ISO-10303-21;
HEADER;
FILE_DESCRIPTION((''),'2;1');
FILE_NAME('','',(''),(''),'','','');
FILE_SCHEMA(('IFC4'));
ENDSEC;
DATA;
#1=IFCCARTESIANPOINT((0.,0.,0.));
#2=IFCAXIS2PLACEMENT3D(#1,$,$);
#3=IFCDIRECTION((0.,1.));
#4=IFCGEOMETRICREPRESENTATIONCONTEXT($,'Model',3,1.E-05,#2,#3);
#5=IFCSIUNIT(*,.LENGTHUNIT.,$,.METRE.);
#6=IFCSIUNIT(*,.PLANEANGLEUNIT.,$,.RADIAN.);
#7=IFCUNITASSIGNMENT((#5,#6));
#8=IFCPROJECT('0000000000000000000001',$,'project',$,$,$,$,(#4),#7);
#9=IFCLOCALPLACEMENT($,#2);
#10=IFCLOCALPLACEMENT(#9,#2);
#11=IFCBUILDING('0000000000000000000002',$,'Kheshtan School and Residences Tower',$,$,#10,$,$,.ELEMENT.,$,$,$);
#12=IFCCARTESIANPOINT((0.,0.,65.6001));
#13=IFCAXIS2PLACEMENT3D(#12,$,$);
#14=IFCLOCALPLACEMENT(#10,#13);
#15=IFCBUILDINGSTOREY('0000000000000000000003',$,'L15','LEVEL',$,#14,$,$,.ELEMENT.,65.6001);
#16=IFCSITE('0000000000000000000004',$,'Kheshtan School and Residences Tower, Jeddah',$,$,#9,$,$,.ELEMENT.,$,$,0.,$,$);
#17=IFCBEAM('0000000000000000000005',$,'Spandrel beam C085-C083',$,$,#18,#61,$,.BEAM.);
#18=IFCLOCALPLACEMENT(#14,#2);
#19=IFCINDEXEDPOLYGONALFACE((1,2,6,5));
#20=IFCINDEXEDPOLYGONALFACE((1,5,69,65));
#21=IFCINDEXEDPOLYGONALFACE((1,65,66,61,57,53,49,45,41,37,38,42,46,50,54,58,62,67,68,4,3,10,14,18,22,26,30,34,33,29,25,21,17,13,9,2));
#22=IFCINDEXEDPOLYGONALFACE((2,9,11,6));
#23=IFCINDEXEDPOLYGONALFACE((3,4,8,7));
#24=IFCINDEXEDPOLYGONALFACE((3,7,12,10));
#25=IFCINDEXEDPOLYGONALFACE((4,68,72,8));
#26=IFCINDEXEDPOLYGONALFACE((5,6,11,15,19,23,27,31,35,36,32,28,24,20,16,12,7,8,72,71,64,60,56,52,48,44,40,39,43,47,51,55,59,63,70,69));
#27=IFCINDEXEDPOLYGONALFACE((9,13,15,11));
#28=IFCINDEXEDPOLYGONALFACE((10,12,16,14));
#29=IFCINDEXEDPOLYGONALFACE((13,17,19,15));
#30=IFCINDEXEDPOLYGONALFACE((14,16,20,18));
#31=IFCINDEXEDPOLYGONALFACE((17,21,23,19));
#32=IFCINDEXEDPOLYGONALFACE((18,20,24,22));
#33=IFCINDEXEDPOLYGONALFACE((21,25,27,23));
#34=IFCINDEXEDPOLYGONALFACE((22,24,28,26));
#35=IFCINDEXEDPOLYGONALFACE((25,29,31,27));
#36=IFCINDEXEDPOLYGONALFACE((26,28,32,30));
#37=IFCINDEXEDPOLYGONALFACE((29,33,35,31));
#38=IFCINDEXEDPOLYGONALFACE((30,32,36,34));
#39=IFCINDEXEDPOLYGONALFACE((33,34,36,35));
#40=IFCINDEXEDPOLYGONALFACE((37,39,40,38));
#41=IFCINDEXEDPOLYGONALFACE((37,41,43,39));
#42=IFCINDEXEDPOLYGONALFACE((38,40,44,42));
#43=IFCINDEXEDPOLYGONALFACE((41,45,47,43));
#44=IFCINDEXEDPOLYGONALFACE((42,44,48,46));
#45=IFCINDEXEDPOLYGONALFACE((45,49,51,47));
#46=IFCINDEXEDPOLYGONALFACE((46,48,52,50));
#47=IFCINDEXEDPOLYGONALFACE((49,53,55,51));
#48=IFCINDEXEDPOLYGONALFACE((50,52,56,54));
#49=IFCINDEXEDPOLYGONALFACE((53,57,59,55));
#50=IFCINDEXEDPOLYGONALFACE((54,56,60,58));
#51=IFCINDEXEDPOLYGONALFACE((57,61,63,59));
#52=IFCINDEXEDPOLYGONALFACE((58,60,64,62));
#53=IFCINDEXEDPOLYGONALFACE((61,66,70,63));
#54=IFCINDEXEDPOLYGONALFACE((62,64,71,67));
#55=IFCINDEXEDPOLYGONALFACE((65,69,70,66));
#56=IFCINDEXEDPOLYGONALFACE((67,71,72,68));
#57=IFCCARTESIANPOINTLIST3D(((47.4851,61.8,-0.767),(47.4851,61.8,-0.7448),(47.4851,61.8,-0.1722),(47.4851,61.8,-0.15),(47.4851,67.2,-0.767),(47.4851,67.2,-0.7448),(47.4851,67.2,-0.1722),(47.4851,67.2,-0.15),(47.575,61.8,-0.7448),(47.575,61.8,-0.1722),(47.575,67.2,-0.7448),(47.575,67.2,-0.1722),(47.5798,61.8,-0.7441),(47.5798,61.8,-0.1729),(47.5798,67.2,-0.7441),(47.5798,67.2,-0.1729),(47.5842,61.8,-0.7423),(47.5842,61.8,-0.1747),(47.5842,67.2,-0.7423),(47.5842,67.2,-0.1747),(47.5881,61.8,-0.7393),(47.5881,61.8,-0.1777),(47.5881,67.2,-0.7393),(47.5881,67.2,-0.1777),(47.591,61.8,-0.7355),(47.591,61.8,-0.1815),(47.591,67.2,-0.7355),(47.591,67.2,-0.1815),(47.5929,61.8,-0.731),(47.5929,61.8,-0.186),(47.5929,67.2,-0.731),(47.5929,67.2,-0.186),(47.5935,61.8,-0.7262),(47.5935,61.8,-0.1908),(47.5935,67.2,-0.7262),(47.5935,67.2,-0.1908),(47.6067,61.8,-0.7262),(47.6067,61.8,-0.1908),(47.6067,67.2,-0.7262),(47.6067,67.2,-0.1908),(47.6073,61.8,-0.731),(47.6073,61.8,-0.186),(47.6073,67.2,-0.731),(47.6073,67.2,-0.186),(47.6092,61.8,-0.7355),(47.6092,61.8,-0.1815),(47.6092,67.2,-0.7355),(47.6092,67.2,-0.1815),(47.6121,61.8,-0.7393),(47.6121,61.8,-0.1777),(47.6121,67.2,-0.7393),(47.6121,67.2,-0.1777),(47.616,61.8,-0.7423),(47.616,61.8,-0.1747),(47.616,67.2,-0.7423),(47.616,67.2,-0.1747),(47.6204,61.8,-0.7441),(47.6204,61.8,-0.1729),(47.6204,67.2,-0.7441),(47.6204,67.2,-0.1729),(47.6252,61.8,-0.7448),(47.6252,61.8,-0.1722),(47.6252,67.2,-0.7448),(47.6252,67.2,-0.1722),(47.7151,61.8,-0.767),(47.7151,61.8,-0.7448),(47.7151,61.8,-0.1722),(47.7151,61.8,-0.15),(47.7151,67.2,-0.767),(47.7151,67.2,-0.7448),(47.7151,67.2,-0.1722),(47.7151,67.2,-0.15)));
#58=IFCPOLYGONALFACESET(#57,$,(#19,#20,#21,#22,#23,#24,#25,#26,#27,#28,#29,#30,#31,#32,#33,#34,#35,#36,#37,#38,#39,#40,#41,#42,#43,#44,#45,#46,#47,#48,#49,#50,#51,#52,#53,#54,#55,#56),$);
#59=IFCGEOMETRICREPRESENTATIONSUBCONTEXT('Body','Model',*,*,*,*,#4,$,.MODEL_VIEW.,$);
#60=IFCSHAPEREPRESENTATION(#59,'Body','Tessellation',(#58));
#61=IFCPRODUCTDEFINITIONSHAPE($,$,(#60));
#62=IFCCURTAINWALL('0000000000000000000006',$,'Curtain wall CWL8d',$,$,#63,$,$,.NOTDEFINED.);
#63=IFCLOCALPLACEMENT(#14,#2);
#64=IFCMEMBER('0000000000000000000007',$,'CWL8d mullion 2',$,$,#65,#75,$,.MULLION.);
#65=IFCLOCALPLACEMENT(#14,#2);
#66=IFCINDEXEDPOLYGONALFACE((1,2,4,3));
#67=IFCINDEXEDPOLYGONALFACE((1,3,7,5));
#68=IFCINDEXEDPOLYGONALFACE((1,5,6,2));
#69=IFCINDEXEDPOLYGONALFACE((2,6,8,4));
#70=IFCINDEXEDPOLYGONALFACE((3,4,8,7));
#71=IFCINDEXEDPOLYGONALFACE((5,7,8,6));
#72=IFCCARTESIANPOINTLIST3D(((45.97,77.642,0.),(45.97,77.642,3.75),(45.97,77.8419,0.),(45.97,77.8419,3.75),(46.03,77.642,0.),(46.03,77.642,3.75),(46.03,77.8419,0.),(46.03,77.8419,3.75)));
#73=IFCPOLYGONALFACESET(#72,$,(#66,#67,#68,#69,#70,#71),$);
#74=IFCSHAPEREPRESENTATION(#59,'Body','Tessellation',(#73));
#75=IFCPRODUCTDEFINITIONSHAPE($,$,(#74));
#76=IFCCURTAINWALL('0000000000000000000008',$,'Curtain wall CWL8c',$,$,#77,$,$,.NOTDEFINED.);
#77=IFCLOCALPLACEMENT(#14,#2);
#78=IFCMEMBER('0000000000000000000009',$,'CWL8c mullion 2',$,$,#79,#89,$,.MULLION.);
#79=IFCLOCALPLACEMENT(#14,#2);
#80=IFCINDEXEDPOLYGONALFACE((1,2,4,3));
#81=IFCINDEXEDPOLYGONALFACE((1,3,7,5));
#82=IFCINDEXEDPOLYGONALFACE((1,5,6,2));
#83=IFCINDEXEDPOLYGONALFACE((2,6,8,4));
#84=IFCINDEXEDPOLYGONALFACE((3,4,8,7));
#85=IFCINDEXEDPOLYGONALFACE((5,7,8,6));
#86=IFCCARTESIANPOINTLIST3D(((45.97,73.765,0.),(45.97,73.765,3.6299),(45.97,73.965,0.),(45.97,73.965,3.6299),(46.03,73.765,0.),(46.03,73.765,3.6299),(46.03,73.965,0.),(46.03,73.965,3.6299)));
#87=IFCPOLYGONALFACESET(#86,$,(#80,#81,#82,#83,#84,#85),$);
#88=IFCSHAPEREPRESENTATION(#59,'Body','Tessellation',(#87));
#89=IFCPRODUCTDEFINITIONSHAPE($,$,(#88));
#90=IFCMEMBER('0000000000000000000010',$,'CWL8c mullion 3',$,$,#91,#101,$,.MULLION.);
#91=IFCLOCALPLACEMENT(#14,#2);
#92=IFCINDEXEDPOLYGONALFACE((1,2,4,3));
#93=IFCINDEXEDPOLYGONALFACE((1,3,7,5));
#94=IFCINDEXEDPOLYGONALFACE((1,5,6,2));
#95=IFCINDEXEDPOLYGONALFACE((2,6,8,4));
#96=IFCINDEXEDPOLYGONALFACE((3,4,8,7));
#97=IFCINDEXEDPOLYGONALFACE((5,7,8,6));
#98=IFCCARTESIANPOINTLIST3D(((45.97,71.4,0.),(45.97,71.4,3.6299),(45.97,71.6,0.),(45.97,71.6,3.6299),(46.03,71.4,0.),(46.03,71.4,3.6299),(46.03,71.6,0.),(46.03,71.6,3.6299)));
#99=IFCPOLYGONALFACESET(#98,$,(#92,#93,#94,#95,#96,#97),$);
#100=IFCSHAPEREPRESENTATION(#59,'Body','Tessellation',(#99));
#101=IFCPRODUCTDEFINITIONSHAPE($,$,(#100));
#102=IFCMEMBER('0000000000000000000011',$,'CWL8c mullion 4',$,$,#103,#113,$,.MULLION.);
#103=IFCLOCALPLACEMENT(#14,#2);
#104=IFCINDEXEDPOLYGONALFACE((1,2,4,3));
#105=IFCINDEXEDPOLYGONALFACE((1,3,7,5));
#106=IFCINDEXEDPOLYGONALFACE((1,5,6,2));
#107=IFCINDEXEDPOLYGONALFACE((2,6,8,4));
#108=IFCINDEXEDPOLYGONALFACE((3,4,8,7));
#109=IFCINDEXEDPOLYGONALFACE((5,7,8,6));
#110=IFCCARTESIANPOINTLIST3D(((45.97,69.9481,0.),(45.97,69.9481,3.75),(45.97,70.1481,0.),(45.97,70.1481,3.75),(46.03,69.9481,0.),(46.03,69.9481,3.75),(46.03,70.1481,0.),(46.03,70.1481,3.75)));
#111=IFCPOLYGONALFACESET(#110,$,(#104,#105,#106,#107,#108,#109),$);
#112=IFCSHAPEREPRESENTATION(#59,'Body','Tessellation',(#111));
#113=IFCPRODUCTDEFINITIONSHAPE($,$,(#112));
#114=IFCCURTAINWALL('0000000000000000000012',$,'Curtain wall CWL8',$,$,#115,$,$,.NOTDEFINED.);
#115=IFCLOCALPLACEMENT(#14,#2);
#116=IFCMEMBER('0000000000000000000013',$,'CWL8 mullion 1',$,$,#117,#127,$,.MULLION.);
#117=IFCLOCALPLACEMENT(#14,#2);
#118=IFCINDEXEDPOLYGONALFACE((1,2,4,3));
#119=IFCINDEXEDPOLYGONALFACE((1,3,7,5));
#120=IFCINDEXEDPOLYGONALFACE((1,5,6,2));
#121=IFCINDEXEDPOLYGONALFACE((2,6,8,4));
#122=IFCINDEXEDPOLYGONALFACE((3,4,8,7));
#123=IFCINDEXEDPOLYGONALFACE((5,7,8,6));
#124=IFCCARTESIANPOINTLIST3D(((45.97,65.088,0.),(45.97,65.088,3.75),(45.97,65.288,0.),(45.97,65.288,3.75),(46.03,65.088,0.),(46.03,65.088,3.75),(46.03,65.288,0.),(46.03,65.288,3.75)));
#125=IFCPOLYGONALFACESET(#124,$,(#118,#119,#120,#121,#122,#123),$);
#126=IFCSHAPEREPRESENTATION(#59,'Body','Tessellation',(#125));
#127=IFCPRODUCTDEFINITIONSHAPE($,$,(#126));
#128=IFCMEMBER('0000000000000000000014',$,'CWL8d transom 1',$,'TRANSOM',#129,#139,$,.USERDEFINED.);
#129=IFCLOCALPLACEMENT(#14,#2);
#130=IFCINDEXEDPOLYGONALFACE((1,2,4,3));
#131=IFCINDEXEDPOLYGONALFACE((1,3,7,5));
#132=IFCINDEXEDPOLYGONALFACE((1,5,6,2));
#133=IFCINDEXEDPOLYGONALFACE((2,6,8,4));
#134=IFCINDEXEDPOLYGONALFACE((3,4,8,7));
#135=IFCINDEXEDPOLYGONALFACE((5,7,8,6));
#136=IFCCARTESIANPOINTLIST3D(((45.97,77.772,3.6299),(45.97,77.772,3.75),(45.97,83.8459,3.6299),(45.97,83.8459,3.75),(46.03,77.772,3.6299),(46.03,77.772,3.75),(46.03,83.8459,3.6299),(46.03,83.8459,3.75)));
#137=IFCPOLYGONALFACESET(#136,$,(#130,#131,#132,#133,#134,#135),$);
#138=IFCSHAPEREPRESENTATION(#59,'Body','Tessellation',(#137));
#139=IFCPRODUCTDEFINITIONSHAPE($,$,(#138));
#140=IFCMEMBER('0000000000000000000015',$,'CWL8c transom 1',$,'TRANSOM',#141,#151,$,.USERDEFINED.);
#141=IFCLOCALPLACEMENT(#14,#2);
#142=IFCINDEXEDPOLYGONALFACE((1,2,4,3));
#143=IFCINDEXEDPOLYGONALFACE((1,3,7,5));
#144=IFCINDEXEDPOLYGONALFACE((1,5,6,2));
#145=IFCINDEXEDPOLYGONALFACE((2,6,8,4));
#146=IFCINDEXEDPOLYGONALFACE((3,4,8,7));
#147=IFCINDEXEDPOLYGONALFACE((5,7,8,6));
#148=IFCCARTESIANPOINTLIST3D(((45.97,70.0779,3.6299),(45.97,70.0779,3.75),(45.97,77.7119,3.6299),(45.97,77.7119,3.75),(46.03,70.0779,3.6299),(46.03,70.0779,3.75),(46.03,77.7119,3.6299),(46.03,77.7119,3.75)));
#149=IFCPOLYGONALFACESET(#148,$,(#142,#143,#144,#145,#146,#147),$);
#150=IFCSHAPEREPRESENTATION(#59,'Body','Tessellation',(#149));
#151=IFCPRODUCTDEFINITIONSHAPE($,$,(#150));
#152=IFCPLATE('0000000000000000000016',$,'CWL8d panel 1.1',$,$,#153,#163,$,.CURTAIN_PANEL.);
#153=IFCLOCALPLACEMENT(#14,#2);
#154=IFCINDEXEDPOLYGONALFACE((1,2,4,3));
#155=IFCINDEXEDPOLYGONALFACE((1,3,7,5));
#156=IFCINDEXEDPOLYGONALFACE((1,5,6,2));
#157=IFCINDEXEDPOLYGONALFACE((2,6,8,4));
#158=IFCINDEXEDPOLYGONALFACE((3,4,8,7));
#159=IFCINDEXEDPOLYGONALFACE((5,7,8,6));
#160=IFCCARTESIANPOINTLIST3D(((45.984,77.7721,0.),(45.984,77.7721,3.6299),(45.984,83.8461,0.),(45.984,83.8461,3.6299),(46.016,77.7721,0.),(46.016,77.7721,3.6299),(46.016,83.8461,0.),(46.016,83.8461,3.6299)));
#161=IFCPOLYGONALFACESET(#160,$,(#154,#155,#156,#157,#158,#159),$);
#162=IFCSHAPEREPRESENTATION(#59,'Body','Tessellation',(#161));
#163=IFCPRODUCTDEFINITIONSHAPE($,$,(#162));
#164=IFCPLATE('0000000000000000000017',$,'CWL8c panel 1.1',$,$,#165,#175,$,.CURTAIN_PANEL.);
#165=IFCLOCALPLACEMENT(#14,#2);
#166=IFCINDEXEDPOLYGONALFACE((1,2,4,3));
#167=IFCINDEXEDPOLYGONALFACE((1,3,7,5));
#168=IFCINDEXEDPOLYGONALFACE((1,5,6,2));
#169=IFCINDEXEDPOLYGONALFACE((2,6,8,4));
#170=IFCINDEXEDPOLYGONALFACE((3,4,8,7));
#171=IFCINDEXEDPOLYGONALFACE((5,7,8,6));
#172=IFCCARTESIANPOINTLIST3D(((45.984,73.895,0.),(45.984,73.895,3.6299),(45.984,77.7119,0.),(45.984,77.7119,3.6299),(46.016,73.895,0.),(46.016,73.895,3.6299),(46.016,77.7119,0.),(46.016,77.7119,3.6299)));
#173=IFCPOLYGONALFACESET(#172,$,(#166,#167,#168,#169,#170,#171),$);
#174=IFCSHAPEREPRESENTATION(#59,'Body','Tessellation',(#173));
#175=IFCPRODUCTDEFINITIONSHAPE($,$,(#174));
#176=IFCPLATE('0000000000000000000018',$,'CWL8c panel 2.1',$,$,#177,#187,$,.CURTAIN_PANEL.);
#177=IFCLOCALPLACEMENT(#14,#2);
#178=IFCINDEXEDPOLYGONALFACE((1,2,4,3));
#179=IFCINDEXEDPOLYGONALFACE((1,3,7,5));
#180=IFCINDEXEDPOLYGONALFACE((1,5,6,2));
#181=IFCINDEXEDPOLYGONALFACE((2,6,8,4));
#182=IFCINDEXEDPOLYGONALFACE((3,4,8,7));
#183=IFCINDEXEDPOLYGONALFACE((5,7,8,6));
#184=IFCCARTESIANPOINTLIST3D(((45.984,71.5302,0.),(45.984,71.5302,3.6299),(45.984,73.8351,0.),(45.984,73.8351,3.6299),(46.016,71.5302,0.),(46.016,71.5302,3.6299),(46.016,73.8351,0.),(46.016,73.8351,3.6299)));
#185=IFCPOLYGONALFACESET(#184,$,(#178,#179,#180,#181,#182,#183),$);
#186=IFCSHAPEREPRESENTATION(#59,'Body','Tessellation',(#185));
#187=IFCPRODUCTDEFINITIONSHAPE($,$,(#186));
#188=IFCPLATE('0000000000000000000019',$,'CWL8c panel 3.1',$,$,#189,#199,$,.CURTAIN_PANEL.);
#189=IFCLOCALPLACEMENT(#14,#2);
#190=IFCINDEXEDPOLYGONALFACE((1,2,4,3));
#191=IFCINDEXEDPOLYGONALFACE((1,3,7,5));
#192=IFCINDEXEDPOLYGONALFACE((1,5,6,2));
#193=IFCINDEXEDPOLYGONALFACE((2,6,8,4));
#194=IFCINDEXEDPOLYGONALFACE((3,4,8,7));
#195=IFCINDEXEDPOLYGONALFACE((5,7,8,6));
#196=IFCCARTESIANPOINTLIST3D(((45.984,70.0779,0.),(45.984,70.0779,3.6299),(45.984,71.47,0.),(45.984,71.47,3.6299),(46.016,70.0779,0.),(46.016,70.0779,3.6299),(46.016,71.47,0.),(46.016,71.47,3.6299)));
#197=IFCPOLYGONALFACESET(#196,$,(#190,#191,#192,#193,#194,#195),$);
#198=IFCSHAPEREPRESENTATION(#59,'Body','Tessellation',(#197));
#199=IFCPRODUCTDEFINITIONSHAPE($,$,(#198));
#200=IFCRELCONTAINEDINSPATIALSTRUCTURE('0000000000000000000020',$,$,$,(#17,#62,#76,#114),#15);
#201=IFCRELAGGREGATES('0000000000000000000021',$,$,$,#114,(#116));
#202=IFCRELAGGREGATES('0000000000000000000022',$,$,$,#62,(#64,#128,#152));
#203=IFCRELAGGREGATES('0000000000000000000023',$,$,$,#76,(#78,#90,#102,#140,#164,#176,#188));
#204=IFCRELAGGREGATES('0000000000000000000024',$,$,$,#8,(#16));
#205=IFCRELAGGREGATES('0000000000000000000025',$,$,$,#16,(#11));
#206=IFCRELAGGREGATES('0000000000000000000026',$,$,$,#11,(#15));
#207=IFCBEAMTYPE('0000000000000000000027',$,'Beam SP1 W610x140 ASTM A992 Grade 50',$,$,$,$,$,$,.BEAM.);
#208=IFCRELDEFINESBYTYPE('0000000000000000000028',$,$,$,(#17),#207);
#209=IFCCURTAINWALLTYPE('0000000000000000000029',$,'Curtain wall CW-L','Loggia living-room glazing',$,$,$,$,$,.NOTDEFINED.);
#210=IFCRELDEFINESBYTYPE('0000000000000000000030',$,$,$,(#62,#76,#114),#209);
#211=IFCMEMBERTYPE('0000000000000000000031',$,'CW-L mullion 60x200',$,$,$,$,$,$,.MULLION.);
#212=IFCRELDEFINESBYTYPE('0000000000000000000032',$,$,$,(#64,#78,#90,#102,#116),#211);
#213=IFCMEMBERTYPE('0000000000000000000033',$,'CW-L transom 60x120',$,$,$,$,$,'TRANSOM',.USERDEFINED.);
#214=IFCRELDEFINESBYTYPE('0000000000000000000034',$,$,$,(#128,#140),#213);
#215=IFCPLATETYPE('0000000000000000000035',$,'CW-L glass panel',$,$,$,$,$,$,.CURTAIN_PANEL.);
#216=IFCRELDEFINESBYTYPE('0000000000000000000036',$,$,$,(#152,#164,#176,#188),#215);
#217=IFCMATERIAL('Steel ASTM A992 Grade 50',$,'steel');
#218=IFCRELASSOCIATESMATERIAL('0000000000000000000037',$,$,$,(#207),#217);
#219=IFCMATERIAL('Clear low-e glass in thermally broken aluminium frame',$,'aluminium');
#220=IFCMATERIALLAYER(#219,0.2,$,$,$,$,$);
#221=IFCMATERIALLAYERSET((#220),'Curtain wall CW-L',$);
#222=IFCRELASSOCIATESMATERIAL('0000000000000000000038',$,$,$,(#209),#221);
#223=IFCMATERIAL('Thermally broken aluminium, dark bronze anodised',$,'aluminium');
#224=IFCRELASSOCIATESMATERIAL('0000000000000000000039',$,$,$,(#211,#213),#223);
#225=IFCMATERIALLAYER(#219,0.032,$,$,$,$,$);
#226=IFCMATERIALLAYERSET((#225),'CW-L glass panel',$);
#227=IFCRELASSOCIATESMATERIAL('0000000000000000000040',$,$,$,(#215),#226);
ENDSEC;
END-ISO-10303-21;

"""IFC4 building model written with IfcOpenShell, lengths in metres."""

from ifc_helpers import new_model, si_unit, direction, frame, origin, origin_2d, place, context, subcontext, project, spatial, rectangle, i_section, extrude, material, layer, layer_set, material_profile, profile_set, type_object, element, aggregate, save


model = new_model("IFC4")

# Units and contexts
model_context = context("Model", 3, precision=1e-05, world=origin(), true_north=direction((0.0, 1.0)))
body_context = subcontext(model_context, "Body", "Model", "MODEL_VIEW")
ifc_project = project(units=[si_unit("LENGTHUNIT", "METRE"), si_unit("PLANEANGLEUNIT", "RADIAN")], contexts=[model_context])

# Site, building, storey
site_placement = place(None, origin())
site = spatial("IfcSite", under=ifc_project, at=site_placement, Name="Kheshtan School and Residences Tower, Jeddah", CompositionType="ELEMENT", RefElevation=0.0)
building_placement = place(site_placement, origin())
building = spatial("IfcBuilding", under=site, at=building_placement, Name="Kheshtan School and Residences Tower", CompositionType="ELEMENT")
storey_placement = place(building_placement, frame((0.0, 0.0, 65.6001)))
storey = spatial("IfcBuildingStorey", under=building, at=storey_placement, Name="L15", Description="LEVEL", CompositionType="ELEMENT", Elevation=65.6001)

# Shared definitions
ifc_material_1 = material(Name="Steel ASTM A992 Grade 50", Category="steel")

# Beam
ifc_material_profile_1 = material_profile(ifc_material_1, i_section(OverallWidth=0.23, OverallDepth=0.6169, WebThickness=0.0132, FlangeThickness=0.0222, FilletRadius=0.0186, at=origin_2d()), Name="W610x140")
ifc_profile_set_1 = profile_set([ifc_material_profile_1], Name="Steel ASTM A992 Grade 50")
beam_type_1 = type_object("IfcBeamType", Name="Beam SP1 W610x140 ASTM A992 Grade 50", PredefinedType="BEAM", material=ifc_profile_set_1)
beam_1_placement = place(storey_placement, frame((47.6001, 67.2, -0.4585), z_axis=(0.0, -1.0, 0.0), x_axis=(1.0, 0.0, 0.0)))
element("IfcBeam", 1, at=beam_1_placement, inside=storey, type_object=beam_type_1, Name="Spandrel beam C085-C083", PredefinedType="BEAM", context=body_context, shape_type="SweptSolid", body=[
    extrude(i_section(OverallWidth=0.23, OverallDepth=0.6169, WebThickness=0.0132, FlangeThickness=0.0222, FilletRadius=0.0186, at=origin_2d()), origin(), (0.0, 0.0, 1.0), 5.3999),
])

# Curtain wall, member
ifc_material_2 = material(Name="Clear low-e glass in thermally broken aluminium frame", Category="aluminium")
ifc_layer_1 = layer(ifc_material_2, 0.2)
ifc_layer_set_1 = layer_set([ifc_layer_1], Name="Curtain wall CW-L")
curtain_wall_type = type_object("IfcCurtainWallType", Name="Curtain wall CW-L", Description="Loggia living-room glazing", PredefinedType="NOTDEFINED", material=ifc_layer_set_1)
curtain_wall_1_placement = place(storey_placement, origin())
curtain_wall_1 = element("IfcCurtainWall", 2, at=curtain_wall_1_placement, inside=storey, type_object=curtain_wall_type, Name="Curtain wall CWL8d", PredefinedType="NOTDEFINED")
ifc_material_3 = material(Name="Thermally broken aluminium, dark bronze anodised", Category="aluminium")
ifc_material_profile_2 = material_profile(ifc_material_3, rectangle(XDim=0.0601, YDim=0.2, at=origin_2d()), Name="CW-L mullion 60x200")
ifc_profile_set_2 = profile_set([ifc_material_profile_2], Name="Thermally broken aluminium, dark bronze anodised")
member_type_1 = type_object("IfcMemberType", Name="CW-L mullion 60x200", PredefinedType="MULLION", material=ifc_profile_set_2)
member_1_placement = place(storey_placement, frame((46.0, 77.7419, 0.0), z_axis=(0.0, 0.0, 1.0), x_axis=(1.0, 0.0, 0.0)))
member_1 = element("IfcMember", 3, at=member_1_placement, type_object=member_type_1, Name="CWL8d mullion 2", PredefinedType="MULLION", context=body_context, shape_type="SweptSolid", body=[
    extrude(rectangle(XDim=0.0601, YDim=0.2, at=origin_2d()), origin(), (0.0, 0.0, 1.0), 3.75),
])

# Curtain wall, members
curtain_wall_2_placement = place(storey_placement, origin())
curtain_wall_2 = element("IfcCurtainWall", 4, at=curtain_wall_2_placement, inside=storey, type_object=curtain_wall_type, Name="Curtain wall CWL8c", PredefinedType="NOTDEFINED")
member_2_placement = place(storey_placement, frame((46.0, 73.865, 0.0), z_axis=(0.0, 0.0, 1.0), x_axis=(1.0, 0.0, 0.0)))
member_2 = element("IfcMember", 5, at=member_2_placement, type_object=member_type_1, Name="CWL8c mullion 2", PredefinedType="MULLION", context=body_context, shape_type="SweptSolid", body=[
    extrude(rectangle(XDim=0.0601, YDim=0.2, at=origin_2d()), origin(), (0.0, 0.0, 1.0), 3.6299),
])
member_3_placement = place(storey_placement, frame((46.0, 71.5, 0.0), z_axis=(0.0, 0.0, 1.0), x_axis=(1.0, 0.0, 0.0)))
member_3 = element("IfcMember", 6, at=member_3_placement, type_object=member_type_1, Name="CWL8c mullion 3", PredefinedType="MULLION", context=body_context, shape_type="SweptSolid", body=[
    extrude(rectangle(XDim=0.0601, YDim=0.2, at=origin_2d()), origin(), (0.0, 0.0, 1.0), 3.6299),
])
member_4_placement = place(storey_placement, frame((46.0, 70.0481, 0.0), z_axis=(0.0, 0.0, 1.0), x_axis=(1.0, 0.0, 0.0)))
member_4 = element("IfcMember", 7, at=member_4_placement, type_object=member_type_1, Name="CWL8c mullion 4", PredefinedType="MULLION", context=body_context, shape_type="SweptSolid", body=[
    extrude(rectangle(XDim=0.0601, YDim=0.2, at=origin_2d()), origin(), (0.0, 0.0, 1.0), 3.75),
])

# Curtain wall, member
curtain_wall_3_placement = place(storey_placement, origin())
curtain_wall_3 = element("IfcCurtainWall", 8, at=curtain_wall_3_placement, inside=storey, type_object=curtain_wall_type, Name="Curtain wall CWL8", PredefinedType="NOTDEFINED")
member_5_placement = place(storey_placement, frame((46.0, 65.188, 0.0), z_axis=(0.0, 0.0, 1.0), x_axis=(1.0, 0.0, 0.0)))
member_5 = element("IfcMember", 9, at=member_5_placement, type_object=member_type_1, Name="CWL8 mullion 1", PredefinedType="MULLION", context=body_context, shape_type="SweptSolid", body=[
    extrude(rectangle(XDim=0.0601, YDim=0.2, at=origin_2d()), origin(), (0.0, 0.0, 1.0), 3.75),
])
aggregate(curtain_wall_3, [member_5])

# Members
ifc_material_profile_3 = material_profile(ifc_material_3, rectangle(XDim=0.0601, YDim=0.1201, at=origin_2d()), Name="CW-L transom 60x120")
ifc_profile_set_3 = profile_set([ifc_material_profile_3], Name="Thermally broken aluminium, dark bronze anodised")
member_type_2 = type_object("IfcMemberType", Name="CW-L transom 60x120", ElementType="TRANSOM", PredefinedType="USERDEFINED", material=ifc_profile_set_3)
member_6_placement = place(storey_placement, frame((46.0, 83.8459, 3.6899), z_axis=(0.0, -1.0, 0.0), x_axis=(1.0, 0.0, 0.0)))
member_6 = element("IfcMember", 10, at=member_6_placement, type_object=member_type_2, Name="CWL8d transom 1", ObjectType="TRANSOM", PredefinedType="USERDEFINED", context=body_context, shape_type="SweptSolid", body=[
    extrude(rectangle(XDim=0.0601, YDim=0.1201, at=origin_2d()), origin(), (0.0, 0.0, 1.0), 6.074),
])
member_7_placement = place(storey_placement, frame((46.0, 77.7119, 3.6899), z_axis=(0.0, -1.0, 0.0), x_axis=(1.0, 0.0, 0.0)))
member_7 = element("IfcMember", 11, at=member_7_placement, type_object=member_type_2, Name="CWL8c transom 1", ObjectType="TRANSOM", PredefinedType="USERDEFINED", context=body_context, shape_type="SweptSolid", body=[
    extrude(rectangle(XDim=0.0601, YDim=0.1201, at=origin_2d()), origin(), (0.0, 0.0, 1.0), 7.634),
])

# Plates
ifc_layer_2 = layer(ifc_material_2, 0.032)
ifc_layer_set_2 = layer_set([ifc_layer_2], Name="CW-L glass panel")
plate_type = type_object("IfcPlateType", Name="CW-L glass panel", PredefinedType="CURTAIN_PANEL", material=ifc_layer_set_2)
plate_1_placement = place(storey_placement, frame((46.0, 80.8091, 0.0), z_axis=(0.0, 0.0, 1.0), x_axis=(0.0, -1.0, 0.0)))
plate_1 = element("IfcPlate", 12, at=plate_1_placement, type_object=plate_type, Name="CWL8d panel 1.1", PredefinedType="CURTAIN_PANEL", context=body_context, shape_type="SweptSolid", body=[
    extrude(rectangle(XDim=6.074, YDim=0.032, at=origin_2d()), origin(), (0.0, 0.0, 1.0), 3.6299),
])
aggregate(curtain_wall_1, [member_1, member_6, plate_1])
plate_2_placement = place(storey_placement, frame((46.0, 75.8035, 0.0), z_axis=(0.0, 0.0, 1.0), x_axis=(0.0, -1.0, 0.0)))
plate_2 = element("IfcPlate", 13, at=plate_2_placement, type_object=plate_type, Name="CWL8c panel 1.1", PredefinedType="CURTAIN_PANEL", context=body_context, shape_type="SweptSolid", body=[
    extrude(rectangle(XDim=3.8169, YDim=0.032, at=origin_2d()), origin(), (0.0, 0.0, 1.0), 3.6299),
])
plate_3_placement = place(storey_placement, frame((46.0, 72.6826, 0.0), z_axis=(0.0, 0.0, 1.0), x_axis=(0.0, -1.0, 0.0)))
plate_3 = element("IfcPlate", 14, at=plate_3_placement, type_object=plate_type, Name="CWL8c panel 2.1", PredefinedType="CURTAIN_PANEL", context=body_context, shape_type="SweptSolid", body=[
    extrude(rectangle(XDim=2.3049, YDim=0.032, at=origin_2d()), origin(), (0.0, 0.0, 1.0), 3.6299),
])
plate_4_placement = place(storey_placement, frame((46.0, 70.7739, 0.0), z_axis=(0.0, 0.0, 1.0), x_axis=(0.0, -1.0, 0.0)))
plate_4 = element("IfcPlate", 15, at=plate_4_placement, type_object=plate_type, Name="CWL8c panel 3.1", PredefinedType="CURTAIN_PANEL", context=body_context, shape_type="SweptSolid", body=[
    extrude(rectangle(XDim=1.3921, YDim=0.032, at=origin_2d()), origin(), (0.0, 0.0, 1.0), 3.6299),
])
aggregate(curtain_wall_2, [member_2, member_3, member_4, member_7, plate_2, plate_3, plate_4])

save(model, "model.ifc")
